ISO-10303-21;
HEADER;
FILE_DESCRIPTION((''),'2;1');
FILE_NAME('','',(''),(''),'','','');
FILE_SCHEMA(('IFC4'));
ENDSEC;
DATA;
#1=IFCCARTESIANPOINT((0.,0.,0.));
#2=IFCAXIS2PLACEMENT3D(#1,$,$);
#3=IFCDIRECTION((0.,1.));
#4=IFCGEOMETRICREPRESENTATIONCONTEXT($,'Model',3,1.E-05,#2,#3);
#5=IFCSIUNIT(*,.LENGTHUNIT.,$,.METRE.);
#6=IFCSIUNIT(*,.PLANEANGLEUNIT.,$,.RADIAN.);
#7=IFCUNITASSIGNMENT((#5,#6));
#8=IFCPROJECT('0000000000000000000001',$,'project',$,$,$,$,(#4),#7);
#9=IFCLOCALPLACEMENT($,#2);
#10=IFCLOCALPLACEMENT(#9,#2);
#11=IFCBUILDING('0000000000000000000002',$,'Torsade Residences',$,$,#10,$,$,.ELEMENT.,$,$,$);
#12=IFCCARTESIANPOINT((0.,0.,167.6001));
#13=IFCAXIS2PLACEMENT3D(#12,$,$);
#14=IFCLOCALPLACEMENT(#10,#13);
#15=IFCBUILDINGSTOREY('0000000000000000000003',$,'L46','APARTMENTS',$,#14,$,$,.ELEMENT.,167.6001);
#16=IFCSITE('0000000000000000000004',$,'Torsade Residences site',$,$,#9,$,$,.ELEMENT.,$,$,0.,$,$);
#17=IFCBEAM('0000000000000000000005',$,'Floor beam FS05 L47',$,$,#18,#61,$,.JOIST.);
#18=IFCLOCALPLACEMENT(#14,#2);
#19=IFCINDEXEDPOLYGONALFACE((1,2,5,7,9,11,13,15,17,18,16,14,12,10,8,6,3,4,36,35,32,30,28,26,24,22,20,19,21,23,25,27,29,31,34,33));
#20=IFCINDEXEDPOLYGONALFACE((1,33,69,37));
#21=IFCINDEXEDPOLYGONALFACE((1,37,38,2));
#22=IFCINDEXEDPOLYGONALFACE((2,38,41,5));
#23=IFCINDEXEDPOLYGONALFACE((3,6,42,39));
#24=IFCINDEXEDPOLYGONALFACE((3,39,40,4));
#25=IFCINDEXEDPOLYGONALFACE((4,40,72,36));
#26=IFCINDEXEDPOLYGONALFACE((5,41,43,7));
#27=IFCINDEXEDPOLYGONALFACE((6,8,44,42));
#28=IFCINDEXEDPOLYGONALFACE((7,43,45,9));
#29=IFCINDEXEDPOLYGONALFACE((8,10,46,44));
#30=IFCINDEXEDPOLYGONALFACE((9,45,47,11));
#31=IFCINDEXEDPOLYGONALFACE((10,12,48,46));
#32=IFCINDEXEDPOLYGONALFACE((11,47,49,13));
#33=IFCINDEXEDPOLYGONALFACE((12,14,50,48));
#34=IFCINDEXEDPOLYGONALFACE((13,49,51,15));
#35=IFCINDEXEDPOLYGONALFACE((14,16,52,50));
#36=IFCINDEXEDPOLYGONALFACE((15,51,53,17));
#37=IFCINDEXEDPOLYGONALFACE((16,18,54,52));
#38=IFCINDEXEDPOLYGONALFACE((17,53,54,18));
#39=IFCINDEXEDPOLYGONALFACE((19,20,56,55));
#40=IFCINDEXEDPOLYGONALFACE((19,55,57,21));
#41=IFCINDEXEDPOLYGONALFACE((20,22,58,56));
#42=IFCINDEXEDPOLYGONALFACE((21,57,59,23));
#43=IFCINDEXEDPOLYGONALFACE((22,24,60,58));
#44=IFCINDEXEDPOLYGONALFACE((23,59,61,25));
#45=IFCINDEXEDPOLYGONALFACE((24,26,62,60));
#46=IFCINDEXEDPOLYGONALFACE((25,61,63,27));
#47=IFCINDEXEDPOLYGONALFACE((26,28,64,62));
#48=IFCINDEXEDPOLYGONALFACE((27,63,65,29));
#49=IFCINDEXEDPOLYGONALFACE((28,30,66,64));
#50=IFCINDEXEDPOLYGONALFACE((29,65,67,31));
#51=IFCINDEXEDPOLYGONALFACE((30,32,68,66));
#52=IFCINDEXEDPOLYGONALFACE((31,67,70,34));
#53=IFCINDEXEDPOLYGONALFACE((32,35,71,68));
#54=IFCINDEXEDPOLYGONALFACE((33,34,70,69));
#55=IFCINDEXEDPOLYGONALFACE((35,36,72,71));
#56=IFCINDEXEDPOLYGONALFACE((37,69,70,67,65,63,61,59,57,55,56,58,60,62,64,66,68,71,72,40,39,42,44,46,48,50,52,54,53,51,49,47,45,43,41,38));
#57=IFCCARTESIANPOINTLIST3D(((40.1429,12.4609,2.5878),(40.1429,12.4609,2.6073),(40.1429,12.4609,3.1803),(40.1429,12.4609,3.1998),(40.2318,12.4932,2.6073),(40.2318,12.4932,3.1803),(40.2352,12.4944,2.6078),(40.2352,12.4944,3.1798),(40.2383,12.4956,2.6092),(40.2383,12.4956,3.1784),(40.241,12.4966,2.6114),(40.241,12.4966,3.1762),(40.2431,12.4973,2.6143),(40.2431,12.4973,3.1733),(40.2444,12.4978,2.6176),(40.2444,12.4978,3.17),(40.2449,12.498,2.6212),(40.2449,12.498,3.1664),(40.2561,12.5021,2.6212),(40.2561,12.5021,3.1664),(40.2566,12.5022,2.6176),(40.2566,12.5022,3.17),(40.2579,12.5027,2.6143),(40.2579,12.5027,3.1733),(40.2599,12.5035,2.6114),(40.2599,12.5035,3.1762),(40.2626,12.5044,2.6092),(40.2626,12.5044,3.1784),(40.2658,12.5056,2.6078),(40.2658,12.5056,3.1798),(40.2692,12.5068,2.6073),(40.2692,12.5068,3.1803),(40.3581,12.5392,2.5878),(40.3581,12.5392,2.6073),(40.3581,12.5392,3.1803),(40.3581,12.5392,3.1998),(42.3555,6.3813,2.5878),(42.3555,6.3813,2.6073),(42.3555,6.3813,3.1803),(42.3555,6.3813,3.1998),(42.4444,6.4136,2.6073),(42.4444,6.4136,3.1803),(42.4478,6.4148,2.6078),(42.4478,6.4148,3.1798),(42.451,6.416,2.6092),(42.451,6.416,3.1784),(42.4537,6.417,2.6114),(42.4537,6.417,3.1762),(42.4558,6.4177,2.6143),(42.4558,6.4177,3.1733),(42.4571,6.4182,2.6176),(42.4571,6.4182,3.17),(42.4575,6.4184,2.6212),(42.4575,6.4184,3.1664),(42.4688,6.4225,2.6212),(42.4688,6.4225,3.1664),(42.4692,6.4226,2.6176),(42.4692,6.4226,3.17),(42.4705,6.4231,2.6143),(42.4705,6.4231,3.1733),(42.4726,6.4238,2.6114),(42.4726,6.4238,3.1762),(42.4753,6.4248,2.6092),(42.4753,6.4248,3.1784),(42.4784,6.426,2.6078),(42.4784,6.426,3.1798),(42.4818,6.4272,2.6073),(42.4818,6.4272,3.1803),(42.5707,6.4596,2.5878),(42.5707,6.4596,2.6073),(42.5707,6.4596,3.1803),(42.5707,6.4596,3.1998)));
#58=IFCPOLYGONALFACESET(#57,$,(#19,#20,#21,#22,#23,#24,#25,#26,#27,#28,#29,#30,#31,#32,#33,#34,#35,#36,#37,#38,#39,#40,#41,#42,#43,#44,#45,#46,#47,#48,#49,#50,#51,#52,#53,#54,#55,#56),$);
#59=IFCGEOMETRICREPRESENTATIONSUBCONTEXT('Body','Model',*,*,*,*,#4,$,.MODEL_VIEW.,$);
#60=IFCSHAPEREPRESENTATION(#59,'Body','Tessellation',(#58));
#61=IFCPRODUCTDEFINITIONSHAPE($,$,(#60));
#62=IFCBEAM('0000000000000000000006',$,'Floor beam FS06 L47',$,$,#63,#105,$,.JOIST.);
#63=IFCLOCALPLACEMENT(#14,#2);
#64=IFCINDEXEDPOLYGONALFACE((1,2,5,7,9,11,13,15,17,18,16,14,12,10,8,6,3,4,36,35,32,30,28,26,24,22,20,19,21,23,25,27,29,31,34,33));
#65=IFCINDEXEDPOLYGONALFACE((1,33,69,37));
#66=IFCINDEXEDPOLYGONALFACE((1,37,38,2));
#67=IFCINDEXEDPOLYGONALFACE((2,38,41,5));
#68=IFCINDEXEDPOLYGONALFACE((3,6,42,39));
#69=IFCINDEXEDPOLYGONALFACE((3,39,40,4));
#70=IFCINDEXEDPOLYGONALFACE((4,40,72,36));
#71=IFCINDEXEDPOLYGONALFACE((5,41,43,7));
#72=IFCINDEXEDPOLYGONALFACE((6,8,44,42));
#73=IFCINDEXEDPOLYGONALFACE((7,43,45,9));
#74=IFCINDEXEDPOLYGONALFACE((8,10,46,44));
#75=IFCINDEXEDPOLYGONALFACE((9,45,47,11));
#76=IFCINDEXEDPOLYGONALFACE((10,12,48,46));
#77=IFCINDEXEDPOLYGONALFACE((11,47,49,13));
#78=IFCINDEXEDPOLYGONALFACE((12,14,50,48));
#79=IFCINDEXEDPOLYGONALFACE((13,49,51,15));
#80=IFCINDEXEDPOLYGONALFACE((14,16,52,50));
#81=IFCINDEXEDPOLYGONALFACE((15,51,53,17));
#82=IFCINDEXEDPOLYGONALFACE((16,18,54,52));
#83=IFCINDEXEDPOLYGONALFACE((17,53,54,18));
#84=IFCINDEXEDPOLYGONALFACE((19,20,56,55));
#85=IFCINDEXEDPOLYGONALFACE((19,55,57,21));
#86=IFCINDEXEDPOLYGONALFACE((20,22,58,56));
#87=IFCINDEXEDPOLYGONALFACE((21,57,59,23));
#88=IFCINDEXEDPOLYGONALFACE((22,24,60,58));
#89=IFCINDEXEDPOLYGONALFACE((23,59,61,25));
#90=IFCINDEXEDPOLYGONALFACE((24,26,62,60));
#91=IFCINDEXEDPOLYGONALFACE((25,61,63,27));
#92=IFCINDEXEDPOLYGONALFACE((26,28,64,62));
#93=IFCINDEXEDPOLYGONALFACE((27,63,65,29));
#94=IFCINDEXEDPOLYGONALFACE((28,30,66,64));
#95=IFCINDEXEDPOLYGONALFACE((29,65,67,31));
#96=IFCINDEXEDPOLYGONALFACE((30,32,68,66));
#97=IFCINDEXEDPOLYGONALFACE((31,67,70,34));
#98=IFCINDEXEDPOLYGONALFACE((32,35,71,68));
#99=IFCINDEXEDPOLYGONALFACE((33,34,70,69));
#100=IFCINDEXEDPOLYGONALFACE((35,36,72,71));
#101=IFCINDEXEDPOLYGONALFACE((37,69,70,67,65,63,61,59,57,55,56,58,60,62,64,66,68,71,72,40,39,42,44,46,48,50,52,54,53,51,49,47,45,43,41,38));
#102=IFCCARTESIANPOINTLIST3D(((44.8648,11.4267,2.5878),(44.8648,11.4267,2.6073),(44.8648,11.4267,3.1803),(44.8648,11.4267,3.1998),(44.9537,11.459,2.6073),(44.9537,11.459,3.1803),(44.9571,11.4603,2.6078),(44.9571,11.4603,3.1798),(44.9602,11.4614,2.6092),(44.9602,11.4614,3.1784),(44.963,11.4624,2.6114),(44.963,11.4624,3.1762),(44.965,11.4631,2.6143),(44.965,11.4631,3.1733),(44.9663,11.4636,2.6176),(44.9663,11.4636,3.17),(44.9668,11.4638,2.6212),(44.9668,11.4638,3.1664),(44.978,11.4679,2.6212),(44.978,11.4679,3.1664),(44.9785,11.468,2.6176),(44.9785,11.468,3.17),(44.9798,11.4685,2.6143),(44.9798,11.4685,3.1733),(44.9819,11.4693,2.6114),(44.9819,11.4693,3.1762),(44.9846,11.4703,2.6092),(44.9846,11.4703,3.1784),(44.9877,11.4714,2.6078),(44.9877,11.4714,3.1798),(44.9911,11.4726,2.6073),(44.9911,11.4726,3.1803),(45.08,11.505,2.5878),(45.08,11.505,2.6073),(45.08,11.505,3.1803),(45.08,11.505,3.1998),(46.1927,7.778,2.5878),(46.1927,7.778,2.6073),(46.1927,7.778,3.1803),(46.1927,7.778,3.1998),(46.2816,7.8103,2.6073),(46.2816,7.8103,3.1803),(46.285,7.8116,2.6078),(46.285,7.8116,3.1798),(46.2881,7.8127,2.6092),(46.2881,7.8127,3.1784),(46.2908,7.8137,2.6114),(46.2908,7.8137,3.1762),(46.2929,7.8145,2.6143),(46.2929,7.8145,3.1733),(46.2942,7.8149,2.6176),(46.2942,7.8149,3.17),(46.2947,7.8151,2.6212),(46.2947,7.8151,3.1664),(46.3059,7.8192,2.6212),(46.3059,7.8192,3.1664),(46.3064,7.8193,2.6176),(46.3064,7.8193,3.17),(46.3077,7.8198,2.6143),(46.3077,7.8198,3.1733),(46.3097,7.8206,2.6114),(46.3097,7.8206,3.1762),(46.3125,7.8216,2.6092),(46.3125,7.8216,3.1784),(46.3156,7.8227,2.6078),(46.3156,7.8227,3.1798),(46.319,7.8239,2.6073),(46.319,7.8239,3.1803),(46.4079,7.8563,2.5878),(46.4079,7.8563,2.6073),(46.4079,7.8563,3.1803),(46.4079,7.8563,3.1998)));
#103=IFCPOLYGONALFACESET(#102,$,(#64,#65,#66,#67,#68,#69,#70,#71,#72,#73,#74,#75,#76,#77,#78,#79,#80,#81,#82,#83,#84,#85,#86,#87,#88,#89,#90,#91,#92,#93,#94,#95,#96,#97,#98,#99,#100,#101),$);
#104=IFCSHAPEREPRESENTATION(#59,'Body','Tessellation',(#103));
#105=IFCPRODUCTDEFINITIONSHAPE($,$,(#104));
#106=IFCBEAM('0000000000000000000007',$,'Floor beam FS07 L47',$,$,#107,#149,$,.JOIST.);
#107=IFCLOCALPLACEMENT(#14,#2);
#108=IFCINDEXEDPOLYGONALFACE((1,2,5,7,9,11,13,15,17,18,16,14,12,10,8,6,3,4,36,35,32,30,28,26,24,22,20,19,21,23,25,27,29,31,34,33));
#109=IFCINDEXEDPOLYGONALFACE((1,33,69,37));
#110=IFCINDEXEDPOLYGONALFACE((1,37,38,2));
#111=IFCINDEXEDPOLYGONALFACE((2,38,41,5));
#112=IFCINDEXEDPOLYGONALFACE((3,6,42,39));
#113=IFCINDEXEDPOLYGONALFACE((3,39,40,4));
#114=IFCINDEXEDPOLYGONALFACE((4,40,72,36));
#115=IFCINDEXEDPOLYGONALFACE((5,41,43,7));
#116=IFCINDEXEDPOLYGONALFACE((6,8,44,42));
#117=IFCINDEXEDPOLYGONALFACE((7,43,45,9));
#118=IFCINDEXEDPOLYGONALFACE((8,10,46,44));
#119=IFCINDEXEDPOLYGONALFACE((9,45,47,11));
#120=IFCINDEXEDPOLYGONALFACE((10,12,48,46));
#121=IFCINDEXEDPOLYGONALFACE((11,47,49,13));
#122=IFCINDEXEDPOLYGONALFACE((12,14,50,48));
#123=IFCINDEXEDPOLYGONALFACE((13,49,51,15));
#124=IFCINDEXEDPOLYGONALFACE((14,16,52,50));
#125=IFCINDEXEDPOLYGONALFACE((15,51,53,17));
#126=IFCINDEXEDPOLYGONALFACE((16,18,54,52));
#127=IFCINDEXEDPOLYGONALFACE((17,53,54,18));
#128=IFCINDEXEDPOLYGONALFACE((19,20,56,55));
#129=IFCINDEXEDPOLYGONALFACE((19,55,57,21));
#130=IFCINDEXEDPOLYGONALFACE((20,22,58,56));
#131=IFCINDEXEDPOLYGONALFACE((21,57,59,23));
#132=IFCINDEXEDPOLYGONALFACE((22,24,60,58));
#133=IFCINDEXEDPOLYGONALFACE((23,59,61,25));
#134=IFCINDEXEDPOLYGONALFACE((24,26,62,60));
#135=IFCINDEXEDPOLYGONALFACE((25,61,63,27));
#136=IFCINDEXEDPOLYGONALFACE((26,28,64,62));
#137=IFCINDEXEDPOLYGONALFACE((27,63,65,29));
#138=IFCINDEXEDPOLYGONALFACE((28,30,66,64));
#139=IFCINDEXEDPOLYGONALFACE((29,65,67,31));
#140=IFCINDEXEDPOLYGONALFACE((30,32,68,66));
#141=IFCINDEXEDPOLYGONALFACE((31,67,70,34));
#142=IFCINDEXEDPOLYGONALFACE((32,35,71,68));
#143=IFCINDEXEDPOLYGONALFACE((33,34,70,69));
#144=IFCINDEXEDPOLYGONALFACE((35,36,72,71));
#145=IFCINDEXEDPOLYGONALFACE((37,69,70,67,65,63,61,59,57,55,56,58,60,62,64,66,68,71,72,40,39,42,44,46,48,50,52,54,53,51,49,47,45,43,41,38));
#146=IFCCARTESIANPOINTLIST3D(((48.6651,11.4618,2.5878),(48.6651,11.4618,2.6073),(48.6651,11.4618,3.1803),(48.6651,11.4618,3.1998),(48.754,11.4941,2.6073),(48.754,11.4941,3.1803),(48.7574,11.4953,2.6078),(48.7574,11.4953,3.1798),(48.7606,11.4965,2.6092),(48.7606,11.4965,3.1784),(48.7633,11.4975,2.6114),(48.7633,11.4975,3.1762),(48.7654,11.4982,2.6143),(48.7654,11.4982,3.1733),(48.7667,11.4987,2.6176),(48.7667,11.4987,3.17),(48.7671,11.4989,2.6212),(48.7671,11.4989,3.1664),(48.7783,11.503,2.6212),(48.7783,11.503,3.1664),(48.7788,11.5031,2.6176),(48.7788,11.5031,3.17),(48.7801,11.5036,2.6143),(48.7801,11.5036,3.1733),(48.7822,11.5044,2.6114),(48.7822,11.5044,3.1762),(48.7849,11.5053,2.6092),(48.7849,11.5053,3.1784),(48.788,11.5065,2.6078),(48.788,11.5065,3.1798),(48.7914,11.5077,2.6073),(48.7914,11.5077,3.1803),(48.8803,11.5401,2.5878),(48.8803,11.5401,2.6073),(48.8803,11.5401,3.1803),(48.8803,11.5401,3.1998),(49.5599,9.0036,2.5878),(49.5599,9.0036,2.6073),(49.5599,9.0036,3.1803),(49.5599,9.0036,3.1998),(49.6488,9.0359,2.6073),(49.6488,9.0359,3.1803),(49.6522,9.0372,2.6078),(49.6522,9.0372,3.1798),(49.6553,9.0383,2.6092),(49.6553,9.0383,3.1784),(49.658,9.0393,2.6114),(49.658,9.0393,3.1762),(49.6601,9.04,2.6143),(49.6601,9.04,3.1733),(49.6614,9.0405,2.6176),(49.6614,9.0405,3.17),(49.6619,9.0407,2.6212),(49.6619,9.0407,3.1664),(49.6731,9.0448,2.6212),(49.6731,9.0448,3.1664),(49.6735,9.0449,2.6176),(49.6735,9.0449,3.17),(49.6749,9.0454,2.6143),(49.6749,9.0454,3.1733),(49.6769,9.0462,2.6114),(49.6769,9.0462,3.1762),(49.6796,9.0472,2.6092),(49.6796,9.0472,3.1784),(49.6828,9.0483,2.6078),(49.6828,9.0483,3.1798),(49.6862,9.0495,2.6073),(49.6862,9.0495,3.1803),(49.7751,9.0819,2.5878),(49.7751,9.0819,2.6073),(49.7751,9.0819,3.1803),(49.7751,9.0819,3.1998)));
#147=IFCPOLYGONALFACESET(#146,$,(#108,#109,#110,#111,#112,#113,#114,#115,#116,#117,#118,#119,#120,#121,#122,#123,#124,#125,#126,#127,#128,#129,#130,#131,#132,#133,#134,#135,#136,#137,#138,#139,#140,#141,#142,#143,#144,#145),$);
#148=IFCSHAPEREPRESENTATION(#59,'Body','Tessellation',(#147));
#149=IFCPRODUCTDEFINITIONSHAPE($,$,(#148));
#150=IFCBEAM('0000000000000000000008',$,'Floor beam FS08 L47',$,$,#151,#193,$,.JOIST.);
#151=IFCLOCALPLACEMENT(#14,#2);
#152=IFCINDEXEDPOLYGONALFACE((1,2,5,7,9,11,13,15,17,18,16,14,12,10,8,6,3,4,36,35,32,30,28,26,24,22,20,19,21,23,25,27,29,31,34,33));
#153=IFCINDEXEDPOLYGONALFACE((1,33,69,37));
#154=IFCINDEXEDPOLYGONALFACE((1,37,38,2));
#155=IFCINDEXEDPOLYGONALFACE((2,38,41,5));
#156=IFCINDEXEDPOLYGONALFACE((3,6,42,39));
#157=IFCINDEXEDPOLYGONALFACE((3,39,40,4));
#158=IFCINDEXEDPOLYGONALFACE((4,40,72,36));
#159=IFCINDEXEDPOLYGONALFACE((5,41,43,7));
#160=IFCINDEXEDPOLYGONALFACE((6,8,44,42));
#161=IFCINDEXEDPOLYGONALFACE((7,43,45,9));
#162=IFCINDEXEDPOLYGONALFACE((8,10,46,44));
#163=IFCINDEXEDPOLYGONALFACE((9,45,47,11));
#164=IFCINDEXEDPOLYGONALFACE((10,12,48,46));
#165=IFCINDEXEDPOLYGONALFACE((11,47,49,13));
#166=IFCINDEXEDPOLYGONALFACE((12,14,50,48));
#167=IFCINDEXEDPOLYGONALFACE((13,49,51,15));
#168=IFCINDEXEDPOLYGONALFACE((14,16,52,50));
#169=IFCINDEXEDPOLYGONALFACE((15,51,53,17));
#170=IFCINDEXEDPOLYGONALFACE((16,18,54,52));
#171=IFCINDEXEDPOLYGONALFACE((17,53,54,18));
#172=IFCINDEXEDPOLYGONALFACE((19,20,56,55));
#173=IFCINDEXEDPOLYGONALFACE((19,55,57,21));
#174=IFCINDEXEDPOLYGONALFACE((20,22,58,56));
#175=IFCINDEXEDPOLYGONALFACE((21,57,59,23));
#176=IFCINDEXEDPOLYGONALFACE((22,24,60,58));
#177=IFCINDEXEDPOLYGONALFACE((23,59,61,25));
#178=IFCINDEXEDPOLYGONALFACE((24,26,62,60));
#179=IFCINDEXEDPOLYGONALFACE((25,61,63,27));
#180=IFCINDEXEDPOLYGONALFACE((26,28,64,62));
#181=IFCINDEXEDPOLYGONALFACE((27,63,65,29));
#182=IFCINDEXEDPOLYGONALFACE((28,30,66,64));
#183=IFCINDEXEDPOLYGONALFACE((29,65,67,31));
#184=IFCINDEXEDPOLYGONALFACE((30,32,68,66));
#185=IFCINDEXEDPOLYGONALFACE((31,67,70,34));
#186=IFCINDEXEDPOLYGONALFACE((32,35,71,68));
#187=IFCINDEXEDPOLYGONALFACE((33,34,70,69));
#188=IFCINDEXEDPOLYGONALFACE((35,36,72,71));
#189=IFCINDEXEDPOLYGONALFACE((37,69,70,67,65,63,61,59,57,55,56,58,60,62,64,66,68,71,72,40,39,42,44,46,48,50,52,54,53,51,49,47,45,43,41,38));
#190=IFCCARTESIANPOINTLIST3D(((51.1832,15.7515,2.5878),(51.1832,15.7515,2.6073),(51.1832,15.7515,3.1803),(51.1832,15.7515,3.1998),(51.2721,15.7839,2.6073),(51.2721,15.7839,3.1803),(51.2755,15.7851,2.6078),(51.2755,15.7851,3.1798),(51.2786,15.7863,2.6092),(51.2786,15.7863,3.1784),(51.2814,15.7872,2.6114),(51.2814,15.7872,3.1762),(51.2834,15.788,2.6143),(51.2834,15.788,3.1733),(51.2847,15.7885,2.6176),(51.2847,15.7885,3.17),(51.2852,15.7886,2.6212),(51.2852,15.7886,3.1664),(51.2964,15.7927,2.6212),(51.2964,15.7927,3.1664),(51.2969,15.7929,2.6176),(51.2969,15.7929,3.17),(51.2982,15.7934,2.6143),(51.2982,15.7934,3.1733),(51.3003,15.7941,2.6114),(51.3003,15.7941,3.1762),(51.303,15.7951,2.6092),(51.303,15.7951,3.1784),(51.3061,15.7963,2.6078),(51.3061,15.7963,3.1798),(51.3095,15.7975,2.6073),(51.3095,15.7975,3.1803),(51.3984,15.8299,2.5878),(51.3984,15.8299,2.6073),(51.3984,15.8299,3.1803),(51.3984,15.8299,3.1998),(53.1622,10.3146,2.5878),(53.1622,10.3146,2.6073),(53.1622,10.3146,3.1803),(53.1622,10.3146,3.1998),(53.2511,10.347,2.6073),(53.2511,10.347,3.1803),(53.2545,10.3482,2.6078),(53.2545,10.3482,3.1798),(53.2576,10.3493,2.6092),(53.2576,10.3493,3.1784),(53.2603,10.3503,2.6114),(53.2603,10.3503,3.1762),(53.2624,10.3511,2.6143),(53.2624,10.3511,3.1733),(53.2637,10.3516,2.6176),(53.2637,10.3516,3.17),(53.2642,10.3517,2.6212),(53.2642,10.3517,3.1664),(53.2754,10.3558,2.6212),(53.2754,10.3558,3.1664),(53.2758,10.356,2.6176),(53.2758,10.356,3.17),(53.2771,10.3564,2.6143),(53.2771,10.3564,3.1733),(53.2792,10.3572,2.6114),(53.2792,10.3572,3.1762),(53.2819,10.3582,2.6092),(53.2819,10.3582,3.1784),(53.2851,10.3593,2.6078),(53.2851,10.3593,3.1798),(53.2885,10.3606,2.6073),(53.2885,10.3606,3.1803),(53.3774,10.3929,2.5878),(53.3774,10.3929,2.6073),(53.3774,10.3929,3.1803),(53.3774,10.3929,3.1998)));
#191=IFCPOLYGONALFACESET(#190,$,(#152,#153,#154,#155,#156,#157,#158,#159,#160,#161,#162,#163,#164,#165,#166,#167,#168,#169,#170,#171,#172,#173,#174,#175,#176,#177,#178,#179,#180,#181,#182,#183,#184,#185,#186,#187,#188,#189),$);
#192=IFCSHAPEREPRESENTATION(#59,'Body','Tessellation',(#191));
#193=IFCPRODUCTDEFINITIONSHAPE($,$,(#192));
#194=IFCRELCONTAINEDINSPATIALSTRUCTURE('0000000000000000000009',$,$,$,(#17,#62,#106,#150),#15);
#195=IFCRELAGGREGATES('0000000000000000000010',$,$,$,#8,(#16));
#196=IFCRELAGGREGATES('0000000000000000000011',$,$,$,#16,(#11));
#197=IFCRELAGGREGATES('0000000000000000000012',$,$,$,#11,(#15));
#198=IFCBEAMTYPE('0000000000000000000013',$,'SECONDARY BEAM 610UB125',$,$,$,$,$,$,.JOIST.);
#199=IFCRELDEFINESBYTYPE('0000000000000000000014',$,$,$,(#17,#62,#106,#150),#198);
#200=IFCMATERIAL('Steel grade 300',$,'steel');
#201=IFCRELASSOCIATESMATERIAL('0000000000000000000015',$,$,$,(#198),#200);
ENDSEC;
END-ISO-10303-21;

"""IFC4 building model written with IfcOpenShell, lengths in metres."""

from ifc_helpers import new_model, si_unit, direction, frame, origin, origin_2d, place, context, subcontext, project, spatial, i_section, extrude, material, material_profile, profile_set, type_object, element, save


model = new_model("IFC4")

# Units and contexts
model_context = context("Model", 3, precision=1e-05, world=origin(), true_north=direction((0.0, 1.0)))
body_context = subcontext(model_context, "Body", "Model", "MODEL_VIEW")
ifc_project = project(units=[si_unit("LENGTHUNIT", "METRE"), si_unit("PLANEANGLEUNIT", "RADIAN")], contexts=[model_context])

# Site, building, storey
site_placement = place(None, origin())
site = spatial("IfcSite", under=ifc_project, at=site_placement, Name="Torsade Residences site", CompositionType="ELEMENT", RefElevation=0.0)
building_placement = place(site_placement, origin())
building = spatial("IfcBuilding", under=site, at=building_placement, Name="Torsade Residences", CompositionType="ELEMENT")
storey_placement = place(building_placement, frame((0.0, 0.0, 167.6001)))
storey = spatial("IfcBuildingStorey", under=building, at=storey_placement, Name="L46", Description="APARTMENTS", CompositionType="ELEMENT", Elevation=167.6001)

# Beams
ifc_material_1 = material(Name="Steel grade 300", Category="steel")
ifc_material_profile_1 = material_profile(ifc_material_1, i_section(OverallWidth=0.229, OverallDepth=0.6121, WebThickness=0.012, FlangeThickness=0.0195, FilletRadius=0.0139, at=origin_2d()), Name="610UB125")
ifc_profile_set_1 = profile_set([ifc_material_profile_1], Name="Steel grade 300")
beam_type_1 = type_object("IfcBeamType", Name="SECONDARY BEAM 610UB125", PredefinedType="JOIST", material=ifc_profile_set_1)
beam_1_placement = place(storey_placement, frame((42.4631, 6.4204, 2.8938), z_axis=(-0.342001, 0.9397, 0.0), x_axis=(-0.9397, -0.342001, 0.0)))
element("IfcBeam", 1, at=beam_1_placement, inside=storey, type_object=beam_type_1, Name="Floor beam FS05 L47", PredefinedType="JOIST", context=body_context, shape_type="SweptSolid", body=[
    extrude(i_section(OverallWidth=0.229, OverallDepth=0.6121, WebThickness=0.012, FlangeThickness=0.0195, FilletRadius=0.0139, at=origin_2d()), origin(), (0.0, 0.0, 1.0), 6.4697),
])
beam_2_placement = place(storey_placement, frame((46.3003, 7.8171, 2.8938), z_axis=(-0.34199, 0.939703, 0.0), x_axis=(-0.939703, -0.34199, 0.0)))
element("IfcBeam", 2, at=beam_2_placement, inside=storey, type_object=beam_type_1, Name="Floor beam FS06 L47", PredefinedType="JOIST", context=body_context, shape_type="SweptSolid", body=[
    extrude(i_section(OverallWidth=0.229, OverallDepth=0.6121, WebThickness=0.012, FlangeThickness=0.0195, FilletRadius=0.0139, at=origin_2d()), origin(), (0.0, 0.0, 1.0), 3.8828),
])
beam_3_placement = place(storey_placement, frame((49.6675, 9.0427, 2.8938), z_axis=(-0.342035, 0.939687, 0.0), x_axis=(-0.939687, -0.342035, 0.0)))
element("IfcBeam", 3, at=beam_3_placement, inside=storey, type_object=beam_type_1, Name="Floor beam FS07 L47", PredefinedType="JOIST", context=body_context, shape_type="SweptSolid", body=[
    extrude(i_section(OverallWidth=0.229, OverallDepth=0.6121, WebThickness=0.012, FlangeThickness=0.0195, FilletRadius=0.0139, at=origin_2d()), origin(), (0.0, 0.0, 1.0), 2.616),
])
beam_4_placement = place(storey_placement, frame((53.2698, 10.3538, 2.8938), z_axis=(-0.342034, 0.939687, 0.0), x_axis=(-0.939687, -0.342034, 0.0)))
element("IfcBeam", 4, at=beam_4_placement, inside=storey, type_object=beam_type_1, Name="Floor beam FS08 L47", PredefinedType="JOIST", context=body_context, shape_type="SweptSolid", body=[
    extrude(i_section(OverallWidth=0.229, OverallDepth=0.6121, WebThickness=0.012, FlangeThickness=0.0195, FilletRadius=0.0139, at=origin_2d()), origin(), (0.0, 0.0, 1.0), 5.7859),
])

save(model, "model.ifc")
